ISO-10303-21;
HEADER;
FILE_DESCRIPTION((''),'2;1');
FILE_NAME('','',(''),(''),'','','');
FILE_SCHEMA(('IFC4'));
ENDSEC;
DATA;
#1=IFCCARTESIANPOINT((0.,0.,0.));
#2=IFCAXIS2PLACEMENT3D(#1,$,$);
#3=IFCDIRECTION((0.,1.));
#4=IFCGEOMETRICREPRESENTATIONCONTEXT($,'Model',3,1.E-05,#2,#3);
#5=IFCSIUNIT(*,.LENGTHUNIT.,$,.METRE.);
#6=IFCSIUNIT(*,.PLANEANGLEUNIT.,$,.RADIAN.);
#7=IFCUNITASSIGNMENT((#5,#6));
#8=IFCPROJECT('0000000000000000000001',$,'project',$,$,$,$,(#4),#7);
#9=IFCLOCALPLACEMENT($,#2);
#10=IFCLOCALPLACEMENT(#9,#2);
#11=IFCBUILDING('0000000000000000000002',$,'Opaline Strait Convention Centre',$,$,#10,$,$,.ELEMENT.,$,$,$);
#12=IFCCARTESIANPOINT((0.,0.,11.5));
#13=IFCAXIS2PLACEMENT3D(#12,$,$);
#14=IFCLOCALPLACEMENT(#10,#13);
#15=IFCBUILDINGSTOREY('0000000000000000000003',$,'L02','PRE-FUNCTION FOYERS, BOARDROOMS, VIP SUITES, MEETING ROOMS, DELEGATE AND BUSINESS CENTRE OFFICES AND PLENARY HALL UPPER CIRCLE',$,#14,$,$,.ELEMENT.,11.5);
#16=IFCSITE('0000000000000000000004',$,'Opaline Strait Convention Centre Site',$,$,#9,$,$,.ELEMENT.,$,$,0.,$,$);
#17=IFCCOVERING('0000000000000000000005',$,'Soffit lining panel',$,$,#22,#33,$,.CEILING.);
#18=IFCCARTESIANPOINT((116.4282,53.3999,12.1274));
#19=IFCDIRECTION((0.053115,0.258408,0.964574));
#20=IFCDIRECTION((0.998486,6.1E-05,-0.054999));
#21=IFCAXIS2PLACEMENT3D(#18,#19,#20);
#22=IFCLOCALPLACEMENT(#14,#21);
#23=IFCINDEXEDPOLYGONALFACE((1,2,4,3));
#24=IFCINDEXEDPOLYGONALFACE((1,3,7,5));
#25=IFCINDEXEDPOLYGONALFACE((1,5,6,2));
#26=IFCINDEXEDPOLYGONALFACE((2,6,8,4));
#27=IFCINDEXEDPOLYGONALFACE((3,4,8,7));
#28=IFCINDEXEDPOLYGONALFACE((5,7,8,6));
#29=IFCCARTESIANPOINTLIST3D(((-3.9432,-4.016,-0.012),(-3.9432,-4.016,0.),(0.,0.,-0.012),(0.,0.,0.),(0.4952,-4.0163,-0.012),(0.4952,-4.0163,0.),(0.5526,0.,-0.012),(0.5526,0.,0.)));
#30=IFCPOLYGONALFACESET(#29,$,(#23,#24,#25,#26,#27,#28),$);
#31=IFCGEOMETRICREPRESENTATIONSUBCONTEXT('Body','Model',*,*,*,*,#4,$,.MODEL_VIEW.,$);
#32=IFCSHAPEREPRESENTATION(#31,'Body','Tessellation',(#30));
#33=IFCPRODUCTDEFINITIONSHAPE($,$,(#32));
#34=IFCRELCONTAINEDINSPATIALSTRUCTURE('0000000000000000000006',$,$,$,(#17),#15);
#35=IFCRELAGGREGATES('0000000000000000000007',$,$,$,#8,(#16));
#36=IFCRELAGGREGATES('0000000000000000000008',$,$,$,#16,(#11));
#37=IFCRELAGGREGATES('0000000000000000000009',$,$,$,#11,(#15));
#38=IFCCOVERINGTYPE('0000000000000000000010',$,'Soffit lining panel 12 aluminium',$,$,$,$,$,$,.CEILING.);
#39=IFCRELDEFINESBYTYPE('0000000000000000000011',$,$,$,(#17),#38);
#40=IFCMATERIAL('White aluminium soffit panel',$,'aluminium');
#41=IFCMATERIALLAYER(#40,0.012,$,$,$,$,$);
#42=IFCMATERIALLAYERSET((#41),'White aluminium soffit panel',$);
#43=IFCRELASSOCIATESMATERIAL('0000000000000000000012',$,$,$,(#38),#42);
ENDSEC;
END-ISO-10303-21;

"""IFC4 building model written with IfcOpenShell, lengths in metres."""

from ifc_helpers import new_model, si_unit, direction, frame, origin, place, context, subcontext, project, spatial, polyline, outline, extrude, material, layer, layer_set, type_object, element, save


model = new_model("IFC4")

# Units and contexts
model_context = context("Model", 3, precision=1e-05, world=origin(), true_north=direction((0.0, 1.0)))
body_context = subcontext(model_context, "Body", "Model", "MODEL_VIEW")
ifc_project = project(units=[si_unit("LENGTHUNIT", "METRE"), si_unit("PLANEANGLEUNIT", "RADIAN")], contexts=[model_context])

# Site, building, storey
site_placement = place(None, origin())
site = spatial("IfcSite", under=ifc_project, at=site_placement, Name="Opaline Strait Convention Centre Site", CompositionType="ELEMENT", RefElevation=0.0)
building_placement = place(site_placement, origin())
building = spatial("IfcBuilding", under=site, at=building_placement, Name="Opaline Strait Convention Centre", CompositionType="ELEMENT")
storey_placement = place(building_placement, frame((0.0, 0.0, 11.5)))
storey = spatial("IfcBuildingStorey", under=building, at=storey_placement, Name="L02", Description="PRE-FUNCTION FOYERS, BOARDROOMS, VIP SUITES, MEETING ROOMS, DELEGATE AND BUSINESS CENTRE OFFICES AND PLENARY HALL UPPER CIRCLE", CompositionType="ELEMENT", Elevation=11.5)

# Covering
ifc_material_1 = material(Name="White aluminium soffit panel", Category="aluminium")
ifc_layer = layer(ifc_material_1, 0.012)
ifc_layer_set = layer_set([ifc_layer], Name="White aluminium soffit panel")
covering_type_1 = type_object("IfcCoveringType", Name="Soffit lining panel 12 aluminium", PredefinedType="CEILING", material=ifc_layer_set)
covering_1_placement = place(storey_placement, frame((116.4282, 53.3999, 12.1274), z_axis=(0.053115, 0.258408, 0.964574), x_axis=(0.998486, 0.000061, -0.054999)))
element("IfcCovering", 1, at=covering_1_placement, inside=storey, type_object=covering_type_1, Name="Soffit lining panel", PredefinedType="CEILING", context=body_context, shape_type="SweptSolid", body=[
    extrude(outline(polyline([(0.0, 0.0), (0.5526, 0.0), (0.4952, -4.0163), (-3.9432, -4.016), (0.0, 0.0)])), origin(), (0.0, 0.0, -1.0), 0.012),
])

save(model, "model.ifc")
